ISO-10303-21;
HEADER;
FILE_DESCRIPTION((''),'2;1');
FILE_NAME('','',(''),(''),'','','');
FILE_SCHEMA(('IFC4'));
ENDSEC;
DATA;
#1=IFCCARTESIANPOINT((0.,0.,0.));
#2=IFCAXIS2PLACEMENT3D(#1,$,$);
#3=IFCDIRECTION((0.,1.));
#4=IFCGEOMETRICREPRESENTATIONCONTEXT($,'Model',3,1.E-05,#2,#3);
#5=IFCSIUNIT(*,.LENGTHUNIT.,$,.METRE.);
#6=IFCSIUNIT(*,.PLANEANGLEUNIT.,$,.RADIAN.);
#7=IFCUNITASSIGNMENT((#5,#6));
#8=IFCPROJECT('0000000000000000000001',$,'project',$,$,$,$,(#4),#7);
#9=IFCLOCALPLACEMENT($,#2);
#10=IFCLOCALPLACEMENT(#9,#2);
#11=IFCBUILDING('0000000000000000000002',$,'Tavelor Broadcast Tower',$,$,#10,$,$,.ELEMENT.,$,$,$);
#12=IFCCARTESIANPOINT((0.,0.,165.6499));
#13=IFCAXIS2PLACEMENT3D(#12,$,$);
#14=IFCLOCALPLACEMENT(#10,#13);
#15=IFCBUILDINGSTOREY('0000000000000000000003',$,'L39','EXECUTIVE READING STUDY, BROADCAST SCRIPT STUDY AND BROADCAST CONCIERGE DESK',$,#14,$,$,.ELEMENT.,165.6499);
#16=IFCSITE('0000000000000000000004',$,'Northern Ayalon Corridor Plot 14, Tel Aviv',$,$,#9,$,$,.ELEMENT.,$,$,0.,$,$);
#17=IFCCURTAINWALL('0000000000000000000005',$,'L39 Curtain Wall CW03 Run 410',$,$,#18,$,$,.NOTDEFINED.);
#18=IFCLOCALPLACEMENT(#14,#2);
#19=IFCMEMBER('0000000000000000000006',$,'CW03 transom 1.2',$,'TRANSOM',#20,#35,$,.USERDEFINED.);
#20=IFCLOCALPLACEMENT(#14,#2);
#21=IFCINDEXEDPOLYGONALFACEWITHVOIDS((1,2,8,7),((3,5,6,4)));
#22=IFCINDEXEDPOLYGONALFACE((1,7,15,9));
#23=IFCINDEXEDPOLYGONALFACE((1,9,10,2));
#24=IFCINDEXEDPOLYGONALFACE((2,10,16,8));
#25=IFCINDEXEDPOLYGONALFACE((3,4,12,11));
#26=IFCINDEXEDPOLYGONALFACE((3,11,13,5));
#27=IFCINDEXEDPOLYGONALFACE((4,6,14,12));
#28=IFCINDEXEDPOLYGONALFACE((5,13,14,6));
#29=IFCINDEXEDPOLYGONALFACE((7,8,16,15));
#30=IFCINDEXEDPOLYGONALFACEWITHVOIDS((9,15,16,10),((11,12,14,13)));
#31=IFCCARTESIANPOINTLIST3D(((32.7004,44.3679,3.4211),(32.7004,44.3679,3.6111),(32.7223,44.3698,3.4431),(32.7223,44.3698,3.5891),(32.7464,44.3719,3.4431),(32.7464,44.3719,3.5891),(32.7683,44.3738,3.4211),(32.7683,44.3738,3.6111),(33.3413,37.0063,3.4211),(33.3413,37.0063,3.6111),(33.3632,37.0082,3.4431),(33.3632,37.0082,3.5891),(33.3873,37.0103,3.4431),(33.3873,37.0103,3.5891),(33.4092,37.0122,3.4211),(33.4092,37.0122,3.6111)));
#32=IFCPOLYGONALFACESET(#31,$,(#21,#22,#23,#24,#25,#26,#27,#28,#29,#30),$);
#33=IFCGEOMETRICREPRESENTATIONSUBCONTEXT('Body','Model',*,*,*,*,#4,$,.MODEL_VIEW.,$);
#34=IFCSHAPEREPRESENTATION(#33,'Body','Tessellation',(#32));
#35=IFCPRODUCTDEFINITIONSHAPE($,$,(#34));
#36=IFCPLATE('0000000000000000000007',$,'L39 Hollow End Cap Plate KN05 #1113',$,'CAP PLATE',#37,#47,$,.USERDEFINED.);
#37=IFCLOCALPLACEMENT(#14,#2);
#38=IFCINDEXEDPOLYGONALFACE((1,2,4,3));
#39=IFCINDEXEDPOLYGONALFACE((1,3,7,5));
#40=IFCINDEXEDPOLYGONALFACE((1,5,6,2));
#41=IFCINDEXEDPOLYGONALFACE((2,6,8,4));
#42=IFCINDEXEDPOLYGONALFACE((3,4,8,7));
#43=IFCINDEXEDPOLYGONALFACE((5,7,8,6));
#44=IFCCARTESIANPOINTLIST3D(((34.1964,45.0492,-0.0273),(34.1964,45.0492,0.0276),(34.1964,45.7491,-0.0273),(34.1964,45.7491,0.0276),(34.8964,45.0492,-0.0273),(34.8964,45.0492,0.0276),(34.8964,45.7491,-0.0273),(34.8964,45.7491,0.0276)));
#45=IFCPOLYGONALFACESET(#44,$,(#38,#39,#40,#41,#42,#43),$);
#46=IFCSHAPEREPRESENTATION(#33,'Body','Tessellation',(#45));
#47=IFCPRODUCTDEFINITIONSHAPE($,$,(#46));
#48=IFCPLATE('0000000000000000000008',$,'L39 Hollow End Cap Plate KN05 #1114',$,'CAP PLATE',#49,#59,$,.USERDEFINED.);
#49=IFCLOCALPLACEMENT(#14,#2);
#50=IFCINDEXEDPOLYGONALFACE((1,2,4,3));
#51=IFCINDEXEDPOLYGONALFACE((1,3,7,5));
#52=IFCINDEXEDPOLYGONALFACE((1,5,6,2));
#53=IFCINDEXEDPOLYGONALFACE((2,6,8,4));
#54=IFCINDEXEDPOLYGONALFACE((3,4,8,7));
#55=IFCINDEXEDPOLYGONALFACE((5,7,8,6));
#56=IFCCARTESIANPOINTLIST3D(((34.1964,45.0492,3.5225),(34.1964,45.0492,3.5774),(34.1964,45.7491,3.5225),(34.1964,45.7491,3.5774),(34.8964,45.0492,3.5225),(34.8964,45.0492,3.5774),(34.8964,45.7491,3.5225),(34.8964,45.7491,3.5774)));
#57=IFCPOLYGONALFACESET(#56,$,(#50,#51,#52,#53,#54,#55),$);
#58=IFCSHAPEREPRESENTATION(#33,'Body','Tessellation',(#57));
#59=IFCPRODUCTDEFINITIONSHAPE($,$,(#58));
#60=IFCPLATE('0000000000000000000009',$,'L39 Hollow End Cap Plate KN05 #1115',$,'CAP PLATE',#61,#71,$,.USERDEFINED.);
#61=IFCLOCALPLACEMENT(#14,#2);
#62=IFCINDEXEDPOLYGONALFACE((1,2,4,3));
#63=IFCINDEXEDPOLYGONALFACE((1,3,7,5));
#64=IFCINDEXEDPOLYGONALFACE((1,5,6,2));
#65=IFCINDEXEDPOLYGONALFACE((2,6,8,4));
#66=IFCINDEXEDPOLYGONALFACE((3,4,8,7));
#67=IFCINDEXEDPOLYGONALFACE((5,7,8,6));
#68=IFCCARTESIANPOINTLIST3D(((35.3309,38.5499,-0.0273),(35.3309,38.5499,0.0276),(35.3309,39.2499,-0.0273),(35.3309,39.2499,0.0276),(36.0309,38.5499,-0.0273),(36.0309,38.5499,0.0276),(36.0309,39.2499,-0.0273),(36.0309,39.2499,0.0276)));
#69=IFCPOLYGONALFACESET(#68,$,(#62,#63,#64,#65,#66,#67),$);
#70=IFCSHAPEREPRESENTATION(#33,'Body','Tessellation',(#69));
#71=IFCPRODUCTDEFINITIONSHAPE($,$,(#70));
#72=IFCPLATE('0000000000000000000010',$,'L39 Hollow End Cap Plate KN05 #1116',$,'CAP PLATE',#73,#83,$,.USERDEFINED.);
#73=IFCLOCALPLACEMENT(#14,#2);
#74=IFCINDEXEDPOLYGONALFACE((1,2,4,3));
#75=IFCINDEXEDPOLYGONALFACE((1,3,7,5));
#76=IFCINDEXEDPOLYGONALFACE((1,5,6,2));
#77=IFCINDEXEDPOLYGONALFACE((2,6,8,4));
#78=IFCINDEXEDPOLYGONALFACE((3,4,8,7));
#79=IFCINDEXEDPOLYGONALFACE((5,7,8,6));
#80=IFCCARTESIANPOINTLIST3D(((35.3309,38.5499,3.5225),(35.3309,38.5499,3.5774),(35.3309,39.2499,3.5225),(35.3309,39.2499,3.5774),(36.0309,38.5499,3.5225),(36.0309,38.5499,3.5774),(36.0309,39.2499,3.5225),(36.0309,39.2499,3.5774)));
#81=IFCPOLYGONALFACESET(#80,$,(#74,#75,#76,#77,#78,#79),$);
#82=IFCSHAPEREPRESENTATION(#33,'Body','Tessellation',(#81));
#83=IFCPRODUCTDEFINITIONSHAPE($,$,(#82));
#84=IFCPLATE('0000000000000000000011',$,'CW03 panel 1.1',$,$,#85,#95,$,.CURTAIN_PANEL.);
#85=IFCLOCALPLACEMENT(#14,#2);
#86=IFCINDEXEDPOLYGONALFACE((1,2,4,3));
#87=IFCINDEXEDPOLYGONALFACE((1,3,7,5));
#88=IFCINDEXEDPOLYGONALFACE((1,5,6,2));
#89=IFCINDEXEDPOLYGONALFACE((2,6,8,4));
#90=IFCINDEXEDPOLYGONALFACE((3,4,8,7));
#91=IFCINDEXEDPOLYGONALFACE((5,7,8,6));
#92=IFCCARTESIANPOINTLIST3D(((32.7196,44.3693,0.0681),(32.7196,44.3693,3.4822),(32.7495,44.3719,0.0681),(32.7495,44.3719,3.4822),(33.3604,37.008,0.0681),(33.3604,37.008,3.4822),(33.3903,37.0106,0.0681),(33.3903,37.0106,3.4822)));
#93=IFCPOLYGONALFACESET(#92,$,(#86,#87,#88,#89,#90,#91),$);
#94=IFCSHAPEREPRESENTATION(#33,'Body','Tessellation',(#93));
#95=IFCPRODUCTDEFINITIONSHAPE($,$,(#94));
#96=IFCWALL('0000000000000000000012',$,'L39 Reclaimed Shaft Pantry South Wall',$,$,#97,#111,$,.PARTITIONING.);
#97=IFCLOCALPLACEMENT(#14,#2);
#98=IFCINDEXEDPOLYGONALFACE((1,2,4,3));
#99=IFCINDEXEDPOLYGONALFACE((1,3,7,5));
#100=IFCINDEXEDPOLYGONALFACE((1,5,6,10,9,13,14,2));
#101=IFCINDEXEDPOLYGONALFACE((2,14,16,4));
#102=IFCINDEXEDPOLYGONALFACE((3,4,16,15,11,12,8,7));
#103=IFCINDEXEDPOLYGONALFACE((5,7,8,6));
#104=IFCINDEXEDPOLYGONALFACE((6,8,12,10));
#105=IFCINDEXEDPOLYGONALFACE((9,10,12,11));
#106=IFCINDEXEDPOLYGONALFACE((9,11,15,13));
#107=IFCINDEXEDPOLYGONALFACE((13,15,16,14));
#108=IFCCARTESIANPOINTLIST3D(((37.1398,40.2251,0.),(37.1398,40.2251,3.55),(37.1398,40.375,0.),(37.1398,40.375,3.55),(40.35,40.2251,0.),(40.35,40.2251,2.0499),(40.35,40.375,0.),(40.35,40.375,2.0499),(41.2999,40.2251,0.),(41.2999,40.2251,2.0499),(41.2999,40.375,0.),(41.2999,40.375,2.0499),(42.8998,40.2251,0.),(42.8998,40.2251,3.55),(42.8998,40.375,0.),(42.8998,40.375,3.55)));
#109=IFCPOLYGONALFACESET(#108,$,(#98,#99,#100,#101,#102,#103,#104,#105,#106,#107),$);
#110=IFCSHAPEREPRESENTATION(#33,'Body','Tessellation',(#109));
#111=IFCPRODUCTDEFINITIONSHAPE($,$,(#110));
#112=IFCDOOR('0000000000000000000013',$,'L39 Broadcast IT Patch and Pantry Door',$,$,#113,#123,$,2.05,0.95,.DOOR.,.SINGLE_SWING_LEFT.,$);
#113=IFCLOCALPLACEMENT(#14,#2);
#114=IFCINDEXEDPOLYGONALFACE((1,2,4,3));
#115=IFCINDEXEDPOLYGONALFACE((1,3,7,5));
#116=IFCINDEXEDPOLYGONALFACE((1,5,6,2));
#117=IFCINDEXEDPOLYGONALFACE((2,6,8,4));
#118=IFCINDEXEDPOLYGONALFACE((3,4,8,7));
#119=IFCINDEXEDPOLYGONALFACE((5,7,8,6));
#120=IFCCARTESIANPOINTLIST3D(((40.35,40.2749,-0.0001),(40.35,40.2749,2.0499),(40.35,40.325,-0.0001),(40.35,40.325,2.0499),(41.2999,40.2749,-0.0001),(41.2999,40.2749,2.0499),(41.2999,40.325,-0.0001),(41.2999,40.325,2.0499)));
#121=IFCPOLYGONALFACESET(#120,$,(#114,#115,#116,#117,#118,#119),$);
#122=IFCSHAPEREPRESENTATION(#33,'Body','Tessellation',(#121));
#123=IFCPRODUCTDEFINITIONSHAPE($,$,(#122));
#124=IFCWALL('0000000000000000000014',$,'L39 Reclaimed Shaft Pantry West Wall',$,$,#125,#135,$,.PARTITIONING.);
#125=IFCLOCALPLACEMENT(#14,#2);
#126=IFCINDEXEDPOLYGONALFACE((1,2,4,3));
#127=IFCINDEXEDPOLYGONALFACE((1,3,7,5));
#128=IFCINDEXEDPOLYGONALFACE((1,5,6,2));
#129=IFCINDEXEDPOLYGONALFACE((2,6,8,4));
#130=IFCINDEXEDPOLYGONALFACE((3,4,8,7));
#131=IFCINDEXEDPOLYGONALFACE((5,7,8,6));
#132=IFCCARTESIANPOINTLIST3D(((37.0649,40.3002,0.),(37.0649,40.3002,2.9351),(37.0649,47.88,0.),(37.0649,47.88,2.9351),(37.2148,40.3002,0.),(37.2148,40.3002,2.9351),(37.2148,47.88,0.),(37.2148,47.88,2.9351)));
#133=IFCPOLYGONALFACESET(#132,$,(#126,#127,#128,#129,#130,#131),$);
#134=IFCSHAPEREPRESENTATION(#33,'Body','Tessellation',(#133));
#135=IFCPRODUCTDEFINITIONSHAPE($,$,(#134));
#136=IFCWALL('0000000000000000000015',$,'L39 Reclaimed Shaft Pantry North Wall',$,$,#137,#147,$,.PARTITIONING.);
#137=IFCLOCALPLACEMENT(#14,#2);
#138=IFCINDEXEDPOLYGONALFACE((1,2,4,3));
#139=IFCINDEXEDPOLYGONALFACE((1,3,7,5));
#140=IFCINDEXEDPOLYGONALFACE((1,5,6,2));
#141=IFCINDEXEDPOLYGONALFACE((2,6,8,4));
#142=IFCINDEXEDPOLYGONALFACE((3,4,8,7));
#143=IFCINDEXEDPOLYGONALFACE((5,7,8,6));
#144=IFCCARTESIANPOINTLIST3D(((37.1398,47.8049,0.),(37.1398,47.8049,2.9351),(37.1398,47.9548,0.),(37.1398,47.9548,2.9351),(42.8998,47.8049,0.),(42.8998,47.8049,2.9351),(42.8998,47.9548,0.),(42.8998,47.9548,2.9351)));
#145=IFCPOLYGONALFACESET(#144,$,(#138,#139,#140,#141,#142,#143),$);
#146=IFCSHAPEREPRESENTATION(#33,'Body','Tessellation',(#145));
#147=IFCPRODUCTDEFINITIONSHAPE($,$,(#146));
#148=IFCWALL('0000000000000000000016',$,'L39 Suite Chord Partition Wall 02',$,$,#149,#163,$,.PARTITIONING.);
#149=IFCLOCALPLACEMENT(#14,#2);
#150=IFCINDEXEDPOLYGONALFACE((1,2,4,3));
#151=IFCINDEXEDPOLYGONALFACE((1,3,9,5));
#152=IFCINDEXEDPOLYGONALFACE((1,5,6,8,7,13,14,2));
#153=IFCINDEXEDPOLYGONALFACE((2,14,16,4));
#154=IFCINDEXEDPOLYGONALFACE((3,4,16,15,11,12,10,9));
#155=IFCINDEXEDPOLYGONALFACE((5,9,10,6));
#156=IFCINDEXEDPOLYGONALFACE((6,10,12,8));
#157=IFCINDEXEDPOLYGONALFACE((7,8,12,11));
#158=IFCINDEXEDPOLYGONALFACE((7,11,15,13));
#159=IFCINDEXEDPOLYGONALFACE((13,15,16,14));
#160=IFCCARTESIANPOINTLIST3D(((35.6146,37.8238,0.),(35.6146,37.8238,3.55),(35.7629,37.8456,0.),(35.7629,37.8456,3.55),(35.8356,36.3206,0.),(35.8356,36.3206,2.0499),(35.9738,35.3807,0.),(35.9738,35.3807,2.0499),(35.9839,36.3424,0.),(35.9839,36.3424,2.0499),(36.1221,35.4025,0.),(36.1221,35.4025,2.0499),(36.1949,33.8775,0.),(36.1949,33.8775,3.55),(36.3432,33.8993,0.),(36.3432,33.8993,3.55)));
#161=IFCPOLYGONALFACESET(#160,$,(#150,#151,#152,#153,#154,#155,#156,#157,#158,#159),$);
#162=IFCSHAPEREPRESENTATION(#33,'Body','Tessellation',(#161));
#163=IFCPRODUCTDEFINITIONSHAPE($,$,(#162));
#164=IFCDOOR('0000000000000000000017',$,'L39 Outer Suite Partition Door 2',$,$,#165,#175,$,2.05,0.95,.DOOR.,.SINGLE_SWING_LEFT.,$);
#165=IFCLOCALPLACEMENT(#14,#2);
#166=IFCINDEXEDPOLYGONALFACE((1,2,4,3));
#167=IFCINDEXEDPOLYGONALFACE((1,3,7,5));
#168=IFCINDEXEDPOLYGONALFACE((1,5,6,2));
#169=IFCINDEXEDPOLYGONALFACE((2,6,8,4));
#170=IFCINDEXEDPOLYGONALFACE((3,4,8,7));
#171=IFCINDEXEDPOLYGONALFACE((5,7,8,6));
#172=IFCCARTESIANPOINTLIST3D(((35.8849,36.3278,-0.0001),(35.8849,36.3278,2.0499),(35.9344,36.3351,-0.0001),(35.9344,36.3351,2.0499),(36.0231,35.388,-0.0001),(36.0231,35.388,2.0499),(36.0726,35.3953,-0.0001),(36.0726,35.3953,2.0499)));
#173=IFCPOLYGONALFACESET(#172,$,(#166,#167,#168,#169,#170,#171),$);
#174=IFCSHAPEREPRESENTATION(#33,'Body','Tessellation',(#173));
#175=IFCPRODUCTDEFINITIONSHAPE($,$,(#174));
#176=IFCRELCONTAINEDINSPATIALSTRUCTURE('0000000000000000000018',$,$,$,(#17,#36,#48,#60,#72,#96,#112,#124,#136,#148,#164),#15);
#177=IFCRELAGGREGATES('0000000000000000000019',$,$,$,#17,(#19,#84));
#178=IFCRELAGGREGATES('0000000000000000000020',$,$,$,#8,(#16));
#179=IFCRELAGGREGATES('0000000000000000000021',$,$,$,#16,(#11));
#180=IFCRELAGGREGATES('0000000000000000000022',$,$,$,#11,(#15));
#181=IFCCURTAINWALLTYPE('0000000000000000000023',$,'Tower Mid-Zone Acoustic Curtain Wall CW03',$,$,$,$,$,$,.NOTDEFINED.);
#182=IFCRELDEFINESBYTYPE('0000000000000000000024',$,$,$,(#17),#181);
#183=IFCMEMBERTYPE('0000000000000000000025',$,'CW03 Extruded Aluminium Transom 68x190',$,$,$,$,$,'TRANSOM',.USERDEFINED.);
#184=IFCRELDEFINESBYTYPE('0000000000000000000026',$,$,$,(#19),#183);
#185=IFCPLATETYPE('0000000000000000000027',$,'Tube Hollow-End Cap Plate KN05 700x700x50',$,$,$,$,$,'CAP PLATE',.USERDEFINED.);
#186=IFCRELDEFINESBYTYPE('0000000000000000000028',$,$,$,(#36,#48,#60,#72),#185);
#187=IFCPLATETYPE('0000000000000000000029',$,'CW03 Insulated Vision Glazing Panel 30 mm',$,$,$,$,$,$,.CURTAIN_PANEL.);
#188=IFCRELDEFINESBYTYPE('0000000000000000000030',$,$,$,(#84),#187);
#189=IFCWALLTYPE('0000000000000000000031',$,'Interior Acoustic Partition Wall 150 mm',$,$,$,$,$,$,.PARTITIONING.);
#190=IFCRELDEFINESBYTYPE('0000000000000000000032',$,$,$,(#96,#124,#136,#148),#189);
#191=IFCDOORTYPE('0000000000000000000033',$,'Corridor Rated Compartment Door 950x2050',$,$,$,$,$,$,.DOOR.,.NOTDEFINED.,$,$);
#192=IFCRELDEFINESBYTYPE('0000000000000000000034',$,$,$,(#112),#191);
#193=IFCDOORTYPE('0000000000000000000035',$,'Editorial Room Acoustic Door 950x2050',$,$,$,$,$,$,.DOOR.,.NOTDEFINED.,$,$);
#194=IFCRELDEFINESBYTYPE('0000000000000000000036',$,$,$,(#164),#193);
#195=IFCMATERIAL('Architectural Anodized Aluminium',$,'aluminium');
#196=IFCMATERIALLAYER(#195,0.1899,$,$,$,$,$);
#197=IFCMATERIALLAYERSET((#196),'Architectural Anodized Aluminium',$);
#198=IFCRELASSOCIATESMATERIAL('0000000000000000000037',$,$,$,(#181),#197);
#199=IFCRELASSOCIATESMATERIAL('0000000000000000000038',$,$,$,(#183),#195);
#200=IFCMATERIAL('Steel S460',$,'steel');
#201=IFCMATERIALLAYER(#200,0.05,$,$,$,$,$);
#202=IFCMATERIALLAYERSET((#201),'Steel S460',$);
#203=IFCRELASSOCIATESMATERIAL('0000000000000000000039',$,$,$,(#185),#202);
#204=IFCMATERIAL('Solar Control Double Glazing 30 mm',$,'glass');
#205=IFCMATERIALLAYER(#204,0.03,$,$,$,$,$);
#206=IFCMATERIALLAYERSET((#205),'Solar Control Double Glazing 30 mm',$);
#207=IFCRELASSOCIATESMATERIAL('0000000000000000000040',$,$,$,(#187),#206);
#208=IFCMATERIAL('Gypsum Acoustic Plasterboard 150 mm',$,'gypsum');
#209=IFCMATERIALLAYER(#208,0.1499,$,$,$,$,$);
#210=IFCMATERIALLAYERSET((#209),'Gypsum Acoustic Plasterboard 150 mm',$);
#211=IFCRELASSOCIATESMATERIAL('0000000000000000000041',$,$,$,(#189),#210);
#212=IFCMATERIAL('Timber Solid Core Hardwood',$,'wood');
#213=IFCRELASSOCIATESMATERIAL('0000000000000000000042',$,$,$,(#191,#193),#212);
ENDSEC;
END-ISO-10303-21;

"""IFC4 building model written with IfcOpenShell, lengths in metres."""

from ifc_helpers import new_model, si_unit, direction, frame, frame_2d, origin, origin_2d, place, context, subcontext, project, spatial, rectangle, hollow_rectangle, extrude, source, transform, mapped, material, layer, layer_set, material_profile, profile_set, type_object, type_shapes, element, fill, aggregate, save


model = new_model("IFC4")

# Units and contexts
model_context = context("Model", 3, precision=1e-05, world=origin(), true_north=direction((0.0, 1.0)))
body_context = subcontext(model_context, "Body", "Model", "MODEL_VIEW")
ifc_project = project(units=[si_unit("LENGTHUNIT", "METRE"), si_unit("PLANEANGLEUNIT", "RADIAN")], contexts=[model_context])

# Site, building, storey
site_placement = place(None, origin())
site = spatial("IfcSite", under=ifc_project, at=site_placement, Name="Northern Ayalon Corridor Plot 14, Tel Aviv", CompositionType="ELEMENT", RefElevation=0.0)
building_placement = place(site_placement, origin())
building = spatial("IfcBuilding", under=site, at=building_placement, Name="Tavelor Broadcast Tower", CompositionType="ELEMENT")
storey_placement = place(building_placement, frame((0.0, 0.0, 165.6499)))
storey = spatial("IfcBuildingStorey", under=building, at=storey_placement, Name="L39", Description="EXECUTIVE READING STUDY, BROADCAST SCRIPT STUDY AND BROADCAST CONCIERGE DESK", CompositionType="ELEMENT", Elevation=165.6499)

# Shared definitions
ifc_material_1 = material(Name="Steel S460", Category="steel")

# Shared definitions
ifc_material_2 = material(Name="Architectural Anodized Aluminium", Category="aluminium")
ifc_layer_1 = layer(ifc_material_2, 0.1899)
ifc_layer_set_1 = layer_set([ifc_layer_1], Name="Architectural Anodized Aluminium")
curtain_wall_type = type_object("IfcCurtainWallType", Name="Tower Mid-Zone Acoustic Curtain Wall CW03", PredefinedType="NOTDEFINED", material=ifc_layer_set_1)

# Curtain wall, member
curtain_wall_1_placement = place(storey_placement, origin())
curtain_wall_1 = element("IfcCurtainWall", 1, at=curtain_wall_1_placement, inside=storey, type_object=curtain_wall_type, Name="L39 Curtain Wall CW03 Run 410", PredefinedType="NOTDEFINED")
ifc_material_profile_1 = material_profile(ifc_material_2, hollow_rectangle(XDim=0.0681, YDim=0.1899, WallThickness=0.022, at=origin_2d()), Name="RHS 68x190x22")
ifc_profile_set_1 = profile_set([ifc_material_profile_1], Name="Architectural Anodized Aluminium")
member_type_1 = type_object("IfcMemberType", Name="CW03 Extruded Aluminium Transom 68x190", ElementType="TRANSOM", PredefinedType="USERDEFINED", material=ifc_profile_set_1)
shared_shape_1 = source(origin(), body_context, "Body", "SweptSolid", [
    extrude(hollow_rectangle(XDim=0.0681, YDim=0.1899, WallThickness=0.022, at=origin_2d()), origin(), (0.0, 0.0, 1.0), 7.3894),
])
type_shapes(member_type_1, [shared_shape_1])
member_1_placement = place(storey_placement, frame((32.7344, 44.3708, 3.5161), z_axis=(0.086728, -0.996232, 0.0), x_axis=(0.996232, 0.086728, 0.0)))
member_1 = element("IfcMember", 2, at=member_1_placement, type_object=member_type_1, Name="CW03 transom 1.2", ObjectType="TRANSOM", PredefinedType="USERDEFINED", context=body_context, shape_type="MappedRepresentation", body=[
    mapped(shared_shape_1, transform((0.0, 0.0, 0.0), scale=1.0)),
])

# Plates
ifc_layer_2 = layer(ifc_material_1, 0.05)
ifc_layer_set_2 = layer_set([ifc_layer_2], Name="Steel S460")
plate_type_1 = type_object("IfcPlateType", Name="Tube Hollow-End Cap Plate KN05 700x700x50", ElementType="CAP PLATE", PredefinedType="USERDEFINED", material=ifc_layer_set_2)
shared_shape_2 = source(origin(), body_context, "Body", "SweptSolid", [
    extrude(rectangle(XDim=0.7, YDim=0.7, at=origin_2d()), origin(), (0.0, 0.0, 1.0), 0.0549),
])
type_shapes(plate_type_1, [shared_shape_2])
for number, where, z_axis, x_axis, name in (
    (3, (34.5464, 45.3992, -0.0273), (0.0, 0.0, 1.0), (1.0, 0.0, 0.0), "L39 Hollow End Cap Plate KN05 #1113"),
    (4, (34.5464, 45.3992, 3.5225), (0.0, 0.0, 1.0), (1.0, 0.0, 0.0), "L39 Hollow End Cap Plate KN05 #1114"),
    (5, (35.6809, 38.8999, -0.0273), (0.0, 0.0, 1.0), (1.0, 0.0, 0.0), "L39 Hollow End Cap Plate KN05 #1115"),
    (6, (35.6809, 38.8999, 3.5225), (0.0, 0.0, 1.0), (1.0, 0.0, 0.0), "L39 Hollow End Cap Plate KN05 #1116"),
):
    element("IfcPlate", number, at=place(storey_placement, frame(where, z_axis=z_axis, x_axis=x_axis)), inside=storey, type_object=plate_type_1, Name=name, ObjectType="CAP PLATE", PredefinedType="USERDEFINED", context=body_context, shape_type="MappedRepresentation", body=[
        mapped(shared_shape_2, transform((0.0, 0.0, 0.0), scale=1.0)),
    ])

# Plate
ifc_material_3 = material(Name="Solar Control Double Glazing 30 mm", Category="glass")
ifc_layer_3 = layer(ifc_material_3, 0.03)
ifc_layer_set_3 = layer_set([ifc_layer_3], Name="Solar Control Double Glazing 30 mm")
plate_type_2 = type_object("IfcPlateType", Name="CW03 Insulated Vision Glazing Panel 30 mm", PredefinedType="CURTAIN_PANEL", material=ifc_layer_set_3)
shared_shape_3 = source(origin(), body_context, "Body", "SweptSolid", [
    extrude(rectangle(XDim=7.3892, YDim=0.03, at=origin_2d()), origin(), (0.0, 0.0, 1.0), 3.4141),
])
type_shapes(plate_type_2, [shared_shape_3])
plate_placement = place(storey_placement, frame((33.0549, 40.6899, 0.0681), z_axis=(0.0, 0.0, 1.0), x_axis=(0.086721, -0.996233, 0.0)))
plate = element("IfcPlate", 7, at=plate_placement, type_object=plate_type_2, Name="CW03 panel 1.1", PredefinedType="CURTAIN_PANEL", context=body_context, shape_type="MappedRepresentation", body=[
    mapped(shared_shape_3, transform((0.0, 0.0, 0.0), scale=1.0)),
])
aggregate(curtain_wall_1, [member_1, plate])

# Wall, opening, door
ifc_material_4 = material(Name="Gypsum Acoustic Plasterboard 150 mm", Category="gypsum")
ifc_layer_4 = layer(ifc_material_4, 0.1499)
ifc_layer_set_4 = layer_set([ifc_layer_4], Name="Gypsum Acoustic Plasterboard 150 mm")
wall_type = type_object("IfcWallType", Name="Interior Acoustic Partition Wall 150 mm", PredefinedType="PARTITIONING", material=ifc_layer_set_4)
wall_1_placement = place(storey_placement, frame((37.1399, 40.3, 0.0), z_axis=(0.0, 0.0, 1.0), x_axis=(1.0, 0.0, 0.0)))
wall_1 = element("IfcWall", 8, at=wall_1_placement, inside=storey, type_object=wall_type, Name="L39 Reclaimed Shaft Pantry South Wall", PredefinedType="PARTITIONING", context=body_context, shape_type="SweptSolid", body=[
    extrude(rectangle(XDim=5.76, YDim=0.1499, at=frame_2d((2.8799, 0.0))), origin(), (0.0, 0.0, 1.0), 3.55),
])
opening_1_placement = place(wall_1_placement, frame((3.21, 0.0, 0.0)))
opening_1 = element("IfcOpeningElement", 9, at=opening_1_placement, cuts=wall_1, PredefinedType="OPENING", context=body_context, shape_type="SweptSolid", body=[
    extrude(rectangle(XDim=0.95, YDim=2.05, at=frame_2d((0.4751, 1.0249))), frame((0.0, 0.085, 0.0), z_axis=(0.0, -1.0, 0.0), x_axis=(1.0, 0.0, 0.0)), (0.0, 0.0, 1.0), 0.1699),
])
ifc_material_5 = material(Name="Timber Solid Core Hardwood", Category="wood")
door_type_1 = type_object("IfcDoorType", Name="Corridor Rated Compartment Door 950x2050", OperationType="NOTDEFINED", PredefinedType="DOOR", material=ifc_material_5)
door_1_placement = place(opening_1_placement, origin())
door_1 = element("IfcDoor", 10, at=door_1_placement, inside=storey, type_object=door_type_1, Name="L39 Broadcast IT Patch and Pantry Door", OperationType="SINGLE_SWING_LEFT", OverallHeight=2.05, OverallWidth=0.95, PredefinedType="DOOR", context=body_context, shape_type="SweptSolid", body=[
    extrude(rectangle(XDim=0.95, YDim=2.05, at=frame_2d((0.4751, 1.0249))), frame((0.0, 0.0249, 0.0), z_axis=(0.0, -1.0, 0.0), x_axis=(1.0, 0.0, 0.0)), (0.0, 0.0, 1.0), 0.05),
])
fill(opening_1, door_1)

# Walls
wall_2_placement = place(storey_placement, frame((37.1399, 40.3, 0.0), z_axis=(0.0, 0.0, 1.0), x_axis=(0.0, 1.0, 0.0)))
element("IfcWall", 11, at=wall_2_placement, inside=storey, type_object=wall_type, Name="L39 Reclaimed Shaft Pantry West Wall", PredefinedType="PARTITIONING", context=body_context, shape_type="SweptSolid", body=[
    extrude(rectangle(XDim=7.5798, YDim=0.1499, at=frame_2d((3.79, 0.0))), origin(), (0.0, 0.0, 1.0), 2.9351),
])
wall_3_placement = place(storey_placement, frame((37.1399, 47.8799, 0.0), z_axis=(0.0, 0.0, 1.0), x_axis=(1.0, 0.0, 0.0)))
element("IfcWall", 12, at=wall_3_placement, inside=storey, type_object=wall_type, Name="L39 Reclaimed Shaft Pantry North Wall", PredefinedType="PARTITIONING", context=body_context, shape_type="SweptSolid", body=[
    extrude(rectangle(XDim=5.76, YDim=0.1499, at=frame_2d((2.8799, 0.0))), origin(), (0.0, 0.0, 1.0), 2.9351),
])

# Wall, opening, door
wall_4_placement = place(storey_placement, frame((35.6887, 37.8347, 0.0), z_axis=(0.0, 0.0, 1.0), x_axis=(0.14549, -0.98936, 0.0)))
wall_4 = element("IfcWall", 13, at=wall_4_placement, inside=storey, type_object=wall_type, Name="L39 Suite Chord Partition Wall 02", PredefinedType="PARTITIONING", context=body_context, shape_type="SweptSolid", body=[
    extrude(rectangle(XDim=3.9888, YDim=0.1499, at=frame_2d((1.9944, 0.0))), origin(), (0.0, 0.0, 1.0), 3.55),
])
opening_2_placement = place(wall_4_placement, frame((1.5193, 0.0, 0.0)))
opening_2 = element("IfcOpeningElement", 14, at=opening_2_placement, cuts=wall_4, PredefinedType="OPENING", context=body_context, shape_type="SweptSolid", body=[
    extrude(rectangle(XDim=0.95, YDim=2.05, at=frame_2d((0.4751, 1.0249))), frame((0.0, 0.085, 0.0), z_axis=(0.0, -1.0, 0.0), x_axis=(1.0, 0.0, 0.0)), (0.0, 0.0, 1.0), 0.1699),
])
door_type_2 = type_object("IfcDoorType", Name="Editorial Room Acoustic Door 950x2050", OperationType="NOTDEFINED", PredefinedType="DOOR", material=ifc_material_5)
door_2_placement = place(opening_2_placement, origin())
door_2 = element("IfcDoor", 15, at=door_2_placement, inside=storey, type_object=door_type_2, Name="L39 Outer Suite Partition Door 2", OperationType="SINGLE_SWING_LEFT", OverallHeight=2.05, OverallWidth=0.95, PredefinedType="DOOR", context=body_context, shape_type="SweptSolid", body=[
    extrude(rectangle(XDim=0.95, YDim=2.05, at=frame_2d((0.4751, 1.0249))), frame((0.0, 0.0249, 0.0), z_axis=(0.0, -1.0, 0.0), x_axis=(1.0, 0.0, 0.0)), (0.0, 0.0, 1.0), 0.05),
])
fill(opening_2, door_2)

save(model, "model.ifc")
